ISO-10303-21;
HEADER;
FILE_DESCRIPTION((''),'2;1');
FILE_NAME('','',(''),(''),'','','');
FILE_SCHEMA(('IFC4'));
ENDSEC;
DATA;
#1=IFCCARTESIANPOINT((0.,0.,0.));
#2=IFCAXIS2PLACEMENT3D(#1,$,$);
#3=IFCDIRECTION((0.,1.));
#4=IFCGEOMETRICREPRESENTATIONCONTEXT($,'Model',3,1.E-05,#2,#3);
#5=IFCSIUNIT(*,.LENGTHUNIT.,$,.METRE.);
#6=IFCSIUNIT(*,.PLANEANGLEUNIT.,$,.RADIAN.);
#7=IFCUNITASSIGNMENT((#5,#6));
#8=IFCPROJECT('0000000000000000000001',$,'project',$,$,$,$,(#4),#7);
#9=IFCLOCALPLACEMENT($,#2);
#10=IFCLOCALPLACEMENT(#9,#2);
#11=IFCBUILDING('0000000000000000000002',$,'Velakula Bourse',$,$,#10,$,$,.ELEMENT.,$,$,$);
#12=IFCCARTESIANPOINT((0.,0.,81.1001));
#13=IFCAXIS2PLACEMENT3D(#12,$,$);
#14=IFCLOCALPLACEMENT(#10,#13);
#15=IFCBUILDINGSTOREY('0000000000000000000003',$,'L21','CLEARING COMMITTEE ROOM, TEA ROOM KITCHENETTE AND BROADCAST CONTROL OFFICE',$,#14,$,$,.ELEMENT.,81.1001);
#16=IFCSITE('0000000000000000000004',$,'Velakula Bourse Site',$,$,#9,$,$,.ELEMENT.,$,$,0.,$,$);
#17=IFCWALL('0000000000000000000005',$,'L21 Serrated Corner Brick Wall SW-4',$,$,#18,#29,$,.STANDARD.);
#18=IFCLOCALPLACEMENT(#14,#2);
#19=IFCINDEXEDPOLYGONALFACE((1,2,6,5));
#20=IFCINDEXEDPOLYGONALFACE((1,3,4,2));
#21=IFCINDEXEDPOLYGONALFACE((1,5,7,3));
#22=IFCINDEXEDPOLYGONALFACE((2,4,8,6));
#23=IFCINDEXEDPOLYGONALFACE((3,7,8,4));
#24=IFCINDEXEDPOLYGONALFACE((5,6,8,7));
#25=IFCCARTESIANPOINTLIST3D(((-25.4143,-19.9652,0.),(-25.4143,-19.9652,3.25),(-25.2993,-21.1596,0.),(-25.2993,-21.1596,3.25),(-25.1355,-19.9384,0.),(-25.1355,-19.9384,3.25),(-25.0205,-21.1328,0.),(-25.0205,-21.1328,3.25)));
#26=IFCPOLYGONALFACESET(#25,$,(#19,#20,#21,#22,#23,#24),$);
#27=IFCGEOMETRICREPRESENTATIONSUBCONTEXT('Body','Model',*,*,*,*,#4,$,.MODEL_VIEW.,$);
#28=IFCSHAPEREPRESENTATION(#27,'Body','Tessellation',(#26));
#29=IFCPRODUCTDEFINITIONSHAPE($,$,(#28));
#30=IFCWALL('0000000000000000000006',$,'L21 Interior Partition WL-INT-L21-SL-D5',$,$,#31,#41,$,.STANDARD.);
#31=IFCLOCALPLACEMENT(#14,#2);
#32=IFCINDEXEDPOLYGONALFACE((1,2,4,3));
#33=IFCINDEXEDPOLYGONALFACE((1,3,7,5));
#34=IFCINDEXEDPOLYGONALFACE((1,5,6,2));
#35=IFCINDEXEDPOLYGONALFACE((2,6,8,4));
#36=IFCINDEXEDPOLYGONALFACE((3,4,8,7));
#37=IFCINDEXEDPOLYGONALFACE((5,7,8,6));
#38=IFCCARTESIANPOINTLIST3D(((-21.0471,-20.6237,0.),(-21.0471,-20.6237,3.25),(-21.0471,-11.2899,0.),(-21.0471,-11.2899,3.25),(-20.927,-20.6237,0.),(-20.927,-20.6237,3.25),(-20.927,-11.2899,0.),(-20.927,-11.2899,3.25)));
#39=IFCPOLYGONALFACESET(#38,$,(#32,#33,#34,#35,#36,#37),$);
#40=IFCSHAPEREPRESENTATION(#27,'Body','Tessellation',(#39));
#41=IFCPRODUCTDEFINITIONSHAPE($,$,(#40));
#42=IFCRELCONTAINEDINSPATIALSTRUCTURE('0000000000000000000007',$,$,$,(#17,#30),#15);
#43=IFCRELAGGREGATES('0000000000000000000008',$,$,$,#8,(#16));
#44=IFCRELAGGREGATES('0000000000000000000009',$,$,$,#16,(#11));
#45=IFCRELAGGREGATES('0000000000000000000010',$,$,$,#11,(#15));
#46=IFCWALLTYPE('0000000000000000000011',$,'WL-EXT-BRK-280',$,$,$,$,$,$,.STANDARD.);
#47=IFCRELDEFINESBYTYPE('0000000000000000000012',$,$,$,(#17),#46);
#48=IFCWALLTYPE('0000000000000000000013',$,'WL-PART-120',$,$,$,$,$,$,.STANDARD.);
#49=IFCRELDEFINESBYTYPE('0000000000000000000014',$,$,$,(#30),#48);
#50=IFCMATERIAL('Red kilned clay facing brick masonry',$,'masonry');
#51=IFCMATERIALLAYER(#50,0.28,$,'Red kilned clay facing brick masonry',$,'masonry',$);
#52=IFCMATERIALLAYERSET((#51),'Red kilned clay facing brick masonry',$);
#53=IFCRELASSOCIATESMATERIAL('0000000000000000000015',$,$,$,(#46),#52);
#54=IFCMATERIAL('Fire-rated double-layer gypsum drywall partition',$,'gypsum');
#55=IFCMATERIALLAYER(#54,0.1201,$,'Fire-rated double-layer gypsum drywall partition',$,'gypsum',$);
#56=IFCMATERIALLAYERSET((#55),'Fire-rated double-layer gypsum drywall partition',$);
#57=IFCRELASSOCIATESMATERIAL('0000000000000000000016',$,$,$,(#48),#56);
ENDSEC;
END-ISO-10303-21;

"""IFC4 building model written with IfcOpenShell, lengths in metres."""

from ifc_helpers import new_model, si_unit, direction, frame, frame_2d, origin, place, context, subcontext, project, spatial, rectangle, extrude, material, layer, layer_set, type_object, element, save


model = new_model("IFC4")

# Units and contexts
model_context = context("Model", 3, precision=1e-05, world=origin(), true_north=direction((0.0, 1.0)))
body_context = subcontext(model_context, "Body", "Model", "MODEL_VIEW")
ifc_project = project(units=[si_unit("LENGTHUNIT", "METRE"), si_unit("PLANEANGLEUNIT", "RADIAN")], contexts=[model_context])

# Site, building, storey
site_placement = place(None, origin())
site = spatial("IfcSite", under=ifc_project, at=site_placement, Name="Velakula Bourse Site", CompositionType="ELEMENT", RefElevation=0.0)
building_placement = place(site_placement, origin())
building = spatial("IfcBuilding", under=site, at=building_placement, Name="Velakula Bourse", CompositionType="ELEMENT")
storey_placement = place(building_placement, frame((0.0, 0.0, 81.1001)))
storey = spatial("IfcBuildingStorey", under=building, at=storey_placement, Name="L21", Description="CLEARING COMMITTEE ROOM, TEA ROOM KITCHENETTE AND BROADCAST CONTROL OFFICE", CompositionType="ELEMENT", Elevation=81.1001)

# Shared definitions
ifc_material_1 = material(Name="Red kilned clay facing brick masonry", Category="masonry")
ifc_layer_1 = layer(ifc_material_1, 0.28, Name="Red kilned clay facing brick masonry", Category="masonry")
ifc_layer_set_1 = layer_set([ifc_layer_1], Name="Red kilned clay facing brick masonry")
wall_type_1 = type_object("IfcWallType", Name="WL-EXT-BRK-280", PredefinedType="STANDARD", material=ifc_layer_set_1)

# Walls
wall_1_placement = place(storey_placement, frame((-25.2749, -19.9517, 0.0), z_axis=(0.0, 0.0, 1.0), x_axis=(0.095836, -0.995397, 0.0)))
element("IfcWall", 1, at=wall_1_placement, inside=storey, type_object=wall_type_1, Name="L21 Serrated Corner Brick Wall SW-4", PredefinedType="STANDARD", context=body_context, shape_type="SweptSolid", body=[
    extrude(rectangle(XDim=1.2, YDim=0.28, at=frame_2d((0.6001, 0.0))), origin(), (0.0, 0.0, 1.0), 3.25),
])
ifc_material_2 = material(Name="Fire-rated double-layer gypsum drywall partition", Category="gypsum")
ifc_layer_2 = layer(ifc_material_2, 0.1201, Name="Fire-rated double-layer gypsum drywall partition", Category="gypsum")
ifc_layer_set_2 = layer_set([ifc_layer_2], Name="Fire-rated double-layer gypsum drywall partition")
wall_type_2 = type_object("IfcWallType", Name="WL-PART-120", PredefinedType="STANDARD", material=ifc_layer_set_2)
wall_2_placement = place(storey_placement, frame((-20.9871, -20.6238, 0.0), z_axis=(0.0, 0.0, 1.0), x_axis=(0.0, 1.0, 0.0)))
element("IfcWall", 2, at=wall_2_placement, inside=storey, type_object=wall_type_2, Name="L21 Interior Partition WL-INT-L21-SL-D5", PredefinedType="STANDARD", context=body_context, shape_type="SweptSolid", body=[
    extrude(rectangle(XDim=9.3337, YDim=0.1201, at=frame_2d((4.667, 0.0))), origin(), (0.0, 0.0, 1.0), 3.25),
])

save(model, "model.ifc")
